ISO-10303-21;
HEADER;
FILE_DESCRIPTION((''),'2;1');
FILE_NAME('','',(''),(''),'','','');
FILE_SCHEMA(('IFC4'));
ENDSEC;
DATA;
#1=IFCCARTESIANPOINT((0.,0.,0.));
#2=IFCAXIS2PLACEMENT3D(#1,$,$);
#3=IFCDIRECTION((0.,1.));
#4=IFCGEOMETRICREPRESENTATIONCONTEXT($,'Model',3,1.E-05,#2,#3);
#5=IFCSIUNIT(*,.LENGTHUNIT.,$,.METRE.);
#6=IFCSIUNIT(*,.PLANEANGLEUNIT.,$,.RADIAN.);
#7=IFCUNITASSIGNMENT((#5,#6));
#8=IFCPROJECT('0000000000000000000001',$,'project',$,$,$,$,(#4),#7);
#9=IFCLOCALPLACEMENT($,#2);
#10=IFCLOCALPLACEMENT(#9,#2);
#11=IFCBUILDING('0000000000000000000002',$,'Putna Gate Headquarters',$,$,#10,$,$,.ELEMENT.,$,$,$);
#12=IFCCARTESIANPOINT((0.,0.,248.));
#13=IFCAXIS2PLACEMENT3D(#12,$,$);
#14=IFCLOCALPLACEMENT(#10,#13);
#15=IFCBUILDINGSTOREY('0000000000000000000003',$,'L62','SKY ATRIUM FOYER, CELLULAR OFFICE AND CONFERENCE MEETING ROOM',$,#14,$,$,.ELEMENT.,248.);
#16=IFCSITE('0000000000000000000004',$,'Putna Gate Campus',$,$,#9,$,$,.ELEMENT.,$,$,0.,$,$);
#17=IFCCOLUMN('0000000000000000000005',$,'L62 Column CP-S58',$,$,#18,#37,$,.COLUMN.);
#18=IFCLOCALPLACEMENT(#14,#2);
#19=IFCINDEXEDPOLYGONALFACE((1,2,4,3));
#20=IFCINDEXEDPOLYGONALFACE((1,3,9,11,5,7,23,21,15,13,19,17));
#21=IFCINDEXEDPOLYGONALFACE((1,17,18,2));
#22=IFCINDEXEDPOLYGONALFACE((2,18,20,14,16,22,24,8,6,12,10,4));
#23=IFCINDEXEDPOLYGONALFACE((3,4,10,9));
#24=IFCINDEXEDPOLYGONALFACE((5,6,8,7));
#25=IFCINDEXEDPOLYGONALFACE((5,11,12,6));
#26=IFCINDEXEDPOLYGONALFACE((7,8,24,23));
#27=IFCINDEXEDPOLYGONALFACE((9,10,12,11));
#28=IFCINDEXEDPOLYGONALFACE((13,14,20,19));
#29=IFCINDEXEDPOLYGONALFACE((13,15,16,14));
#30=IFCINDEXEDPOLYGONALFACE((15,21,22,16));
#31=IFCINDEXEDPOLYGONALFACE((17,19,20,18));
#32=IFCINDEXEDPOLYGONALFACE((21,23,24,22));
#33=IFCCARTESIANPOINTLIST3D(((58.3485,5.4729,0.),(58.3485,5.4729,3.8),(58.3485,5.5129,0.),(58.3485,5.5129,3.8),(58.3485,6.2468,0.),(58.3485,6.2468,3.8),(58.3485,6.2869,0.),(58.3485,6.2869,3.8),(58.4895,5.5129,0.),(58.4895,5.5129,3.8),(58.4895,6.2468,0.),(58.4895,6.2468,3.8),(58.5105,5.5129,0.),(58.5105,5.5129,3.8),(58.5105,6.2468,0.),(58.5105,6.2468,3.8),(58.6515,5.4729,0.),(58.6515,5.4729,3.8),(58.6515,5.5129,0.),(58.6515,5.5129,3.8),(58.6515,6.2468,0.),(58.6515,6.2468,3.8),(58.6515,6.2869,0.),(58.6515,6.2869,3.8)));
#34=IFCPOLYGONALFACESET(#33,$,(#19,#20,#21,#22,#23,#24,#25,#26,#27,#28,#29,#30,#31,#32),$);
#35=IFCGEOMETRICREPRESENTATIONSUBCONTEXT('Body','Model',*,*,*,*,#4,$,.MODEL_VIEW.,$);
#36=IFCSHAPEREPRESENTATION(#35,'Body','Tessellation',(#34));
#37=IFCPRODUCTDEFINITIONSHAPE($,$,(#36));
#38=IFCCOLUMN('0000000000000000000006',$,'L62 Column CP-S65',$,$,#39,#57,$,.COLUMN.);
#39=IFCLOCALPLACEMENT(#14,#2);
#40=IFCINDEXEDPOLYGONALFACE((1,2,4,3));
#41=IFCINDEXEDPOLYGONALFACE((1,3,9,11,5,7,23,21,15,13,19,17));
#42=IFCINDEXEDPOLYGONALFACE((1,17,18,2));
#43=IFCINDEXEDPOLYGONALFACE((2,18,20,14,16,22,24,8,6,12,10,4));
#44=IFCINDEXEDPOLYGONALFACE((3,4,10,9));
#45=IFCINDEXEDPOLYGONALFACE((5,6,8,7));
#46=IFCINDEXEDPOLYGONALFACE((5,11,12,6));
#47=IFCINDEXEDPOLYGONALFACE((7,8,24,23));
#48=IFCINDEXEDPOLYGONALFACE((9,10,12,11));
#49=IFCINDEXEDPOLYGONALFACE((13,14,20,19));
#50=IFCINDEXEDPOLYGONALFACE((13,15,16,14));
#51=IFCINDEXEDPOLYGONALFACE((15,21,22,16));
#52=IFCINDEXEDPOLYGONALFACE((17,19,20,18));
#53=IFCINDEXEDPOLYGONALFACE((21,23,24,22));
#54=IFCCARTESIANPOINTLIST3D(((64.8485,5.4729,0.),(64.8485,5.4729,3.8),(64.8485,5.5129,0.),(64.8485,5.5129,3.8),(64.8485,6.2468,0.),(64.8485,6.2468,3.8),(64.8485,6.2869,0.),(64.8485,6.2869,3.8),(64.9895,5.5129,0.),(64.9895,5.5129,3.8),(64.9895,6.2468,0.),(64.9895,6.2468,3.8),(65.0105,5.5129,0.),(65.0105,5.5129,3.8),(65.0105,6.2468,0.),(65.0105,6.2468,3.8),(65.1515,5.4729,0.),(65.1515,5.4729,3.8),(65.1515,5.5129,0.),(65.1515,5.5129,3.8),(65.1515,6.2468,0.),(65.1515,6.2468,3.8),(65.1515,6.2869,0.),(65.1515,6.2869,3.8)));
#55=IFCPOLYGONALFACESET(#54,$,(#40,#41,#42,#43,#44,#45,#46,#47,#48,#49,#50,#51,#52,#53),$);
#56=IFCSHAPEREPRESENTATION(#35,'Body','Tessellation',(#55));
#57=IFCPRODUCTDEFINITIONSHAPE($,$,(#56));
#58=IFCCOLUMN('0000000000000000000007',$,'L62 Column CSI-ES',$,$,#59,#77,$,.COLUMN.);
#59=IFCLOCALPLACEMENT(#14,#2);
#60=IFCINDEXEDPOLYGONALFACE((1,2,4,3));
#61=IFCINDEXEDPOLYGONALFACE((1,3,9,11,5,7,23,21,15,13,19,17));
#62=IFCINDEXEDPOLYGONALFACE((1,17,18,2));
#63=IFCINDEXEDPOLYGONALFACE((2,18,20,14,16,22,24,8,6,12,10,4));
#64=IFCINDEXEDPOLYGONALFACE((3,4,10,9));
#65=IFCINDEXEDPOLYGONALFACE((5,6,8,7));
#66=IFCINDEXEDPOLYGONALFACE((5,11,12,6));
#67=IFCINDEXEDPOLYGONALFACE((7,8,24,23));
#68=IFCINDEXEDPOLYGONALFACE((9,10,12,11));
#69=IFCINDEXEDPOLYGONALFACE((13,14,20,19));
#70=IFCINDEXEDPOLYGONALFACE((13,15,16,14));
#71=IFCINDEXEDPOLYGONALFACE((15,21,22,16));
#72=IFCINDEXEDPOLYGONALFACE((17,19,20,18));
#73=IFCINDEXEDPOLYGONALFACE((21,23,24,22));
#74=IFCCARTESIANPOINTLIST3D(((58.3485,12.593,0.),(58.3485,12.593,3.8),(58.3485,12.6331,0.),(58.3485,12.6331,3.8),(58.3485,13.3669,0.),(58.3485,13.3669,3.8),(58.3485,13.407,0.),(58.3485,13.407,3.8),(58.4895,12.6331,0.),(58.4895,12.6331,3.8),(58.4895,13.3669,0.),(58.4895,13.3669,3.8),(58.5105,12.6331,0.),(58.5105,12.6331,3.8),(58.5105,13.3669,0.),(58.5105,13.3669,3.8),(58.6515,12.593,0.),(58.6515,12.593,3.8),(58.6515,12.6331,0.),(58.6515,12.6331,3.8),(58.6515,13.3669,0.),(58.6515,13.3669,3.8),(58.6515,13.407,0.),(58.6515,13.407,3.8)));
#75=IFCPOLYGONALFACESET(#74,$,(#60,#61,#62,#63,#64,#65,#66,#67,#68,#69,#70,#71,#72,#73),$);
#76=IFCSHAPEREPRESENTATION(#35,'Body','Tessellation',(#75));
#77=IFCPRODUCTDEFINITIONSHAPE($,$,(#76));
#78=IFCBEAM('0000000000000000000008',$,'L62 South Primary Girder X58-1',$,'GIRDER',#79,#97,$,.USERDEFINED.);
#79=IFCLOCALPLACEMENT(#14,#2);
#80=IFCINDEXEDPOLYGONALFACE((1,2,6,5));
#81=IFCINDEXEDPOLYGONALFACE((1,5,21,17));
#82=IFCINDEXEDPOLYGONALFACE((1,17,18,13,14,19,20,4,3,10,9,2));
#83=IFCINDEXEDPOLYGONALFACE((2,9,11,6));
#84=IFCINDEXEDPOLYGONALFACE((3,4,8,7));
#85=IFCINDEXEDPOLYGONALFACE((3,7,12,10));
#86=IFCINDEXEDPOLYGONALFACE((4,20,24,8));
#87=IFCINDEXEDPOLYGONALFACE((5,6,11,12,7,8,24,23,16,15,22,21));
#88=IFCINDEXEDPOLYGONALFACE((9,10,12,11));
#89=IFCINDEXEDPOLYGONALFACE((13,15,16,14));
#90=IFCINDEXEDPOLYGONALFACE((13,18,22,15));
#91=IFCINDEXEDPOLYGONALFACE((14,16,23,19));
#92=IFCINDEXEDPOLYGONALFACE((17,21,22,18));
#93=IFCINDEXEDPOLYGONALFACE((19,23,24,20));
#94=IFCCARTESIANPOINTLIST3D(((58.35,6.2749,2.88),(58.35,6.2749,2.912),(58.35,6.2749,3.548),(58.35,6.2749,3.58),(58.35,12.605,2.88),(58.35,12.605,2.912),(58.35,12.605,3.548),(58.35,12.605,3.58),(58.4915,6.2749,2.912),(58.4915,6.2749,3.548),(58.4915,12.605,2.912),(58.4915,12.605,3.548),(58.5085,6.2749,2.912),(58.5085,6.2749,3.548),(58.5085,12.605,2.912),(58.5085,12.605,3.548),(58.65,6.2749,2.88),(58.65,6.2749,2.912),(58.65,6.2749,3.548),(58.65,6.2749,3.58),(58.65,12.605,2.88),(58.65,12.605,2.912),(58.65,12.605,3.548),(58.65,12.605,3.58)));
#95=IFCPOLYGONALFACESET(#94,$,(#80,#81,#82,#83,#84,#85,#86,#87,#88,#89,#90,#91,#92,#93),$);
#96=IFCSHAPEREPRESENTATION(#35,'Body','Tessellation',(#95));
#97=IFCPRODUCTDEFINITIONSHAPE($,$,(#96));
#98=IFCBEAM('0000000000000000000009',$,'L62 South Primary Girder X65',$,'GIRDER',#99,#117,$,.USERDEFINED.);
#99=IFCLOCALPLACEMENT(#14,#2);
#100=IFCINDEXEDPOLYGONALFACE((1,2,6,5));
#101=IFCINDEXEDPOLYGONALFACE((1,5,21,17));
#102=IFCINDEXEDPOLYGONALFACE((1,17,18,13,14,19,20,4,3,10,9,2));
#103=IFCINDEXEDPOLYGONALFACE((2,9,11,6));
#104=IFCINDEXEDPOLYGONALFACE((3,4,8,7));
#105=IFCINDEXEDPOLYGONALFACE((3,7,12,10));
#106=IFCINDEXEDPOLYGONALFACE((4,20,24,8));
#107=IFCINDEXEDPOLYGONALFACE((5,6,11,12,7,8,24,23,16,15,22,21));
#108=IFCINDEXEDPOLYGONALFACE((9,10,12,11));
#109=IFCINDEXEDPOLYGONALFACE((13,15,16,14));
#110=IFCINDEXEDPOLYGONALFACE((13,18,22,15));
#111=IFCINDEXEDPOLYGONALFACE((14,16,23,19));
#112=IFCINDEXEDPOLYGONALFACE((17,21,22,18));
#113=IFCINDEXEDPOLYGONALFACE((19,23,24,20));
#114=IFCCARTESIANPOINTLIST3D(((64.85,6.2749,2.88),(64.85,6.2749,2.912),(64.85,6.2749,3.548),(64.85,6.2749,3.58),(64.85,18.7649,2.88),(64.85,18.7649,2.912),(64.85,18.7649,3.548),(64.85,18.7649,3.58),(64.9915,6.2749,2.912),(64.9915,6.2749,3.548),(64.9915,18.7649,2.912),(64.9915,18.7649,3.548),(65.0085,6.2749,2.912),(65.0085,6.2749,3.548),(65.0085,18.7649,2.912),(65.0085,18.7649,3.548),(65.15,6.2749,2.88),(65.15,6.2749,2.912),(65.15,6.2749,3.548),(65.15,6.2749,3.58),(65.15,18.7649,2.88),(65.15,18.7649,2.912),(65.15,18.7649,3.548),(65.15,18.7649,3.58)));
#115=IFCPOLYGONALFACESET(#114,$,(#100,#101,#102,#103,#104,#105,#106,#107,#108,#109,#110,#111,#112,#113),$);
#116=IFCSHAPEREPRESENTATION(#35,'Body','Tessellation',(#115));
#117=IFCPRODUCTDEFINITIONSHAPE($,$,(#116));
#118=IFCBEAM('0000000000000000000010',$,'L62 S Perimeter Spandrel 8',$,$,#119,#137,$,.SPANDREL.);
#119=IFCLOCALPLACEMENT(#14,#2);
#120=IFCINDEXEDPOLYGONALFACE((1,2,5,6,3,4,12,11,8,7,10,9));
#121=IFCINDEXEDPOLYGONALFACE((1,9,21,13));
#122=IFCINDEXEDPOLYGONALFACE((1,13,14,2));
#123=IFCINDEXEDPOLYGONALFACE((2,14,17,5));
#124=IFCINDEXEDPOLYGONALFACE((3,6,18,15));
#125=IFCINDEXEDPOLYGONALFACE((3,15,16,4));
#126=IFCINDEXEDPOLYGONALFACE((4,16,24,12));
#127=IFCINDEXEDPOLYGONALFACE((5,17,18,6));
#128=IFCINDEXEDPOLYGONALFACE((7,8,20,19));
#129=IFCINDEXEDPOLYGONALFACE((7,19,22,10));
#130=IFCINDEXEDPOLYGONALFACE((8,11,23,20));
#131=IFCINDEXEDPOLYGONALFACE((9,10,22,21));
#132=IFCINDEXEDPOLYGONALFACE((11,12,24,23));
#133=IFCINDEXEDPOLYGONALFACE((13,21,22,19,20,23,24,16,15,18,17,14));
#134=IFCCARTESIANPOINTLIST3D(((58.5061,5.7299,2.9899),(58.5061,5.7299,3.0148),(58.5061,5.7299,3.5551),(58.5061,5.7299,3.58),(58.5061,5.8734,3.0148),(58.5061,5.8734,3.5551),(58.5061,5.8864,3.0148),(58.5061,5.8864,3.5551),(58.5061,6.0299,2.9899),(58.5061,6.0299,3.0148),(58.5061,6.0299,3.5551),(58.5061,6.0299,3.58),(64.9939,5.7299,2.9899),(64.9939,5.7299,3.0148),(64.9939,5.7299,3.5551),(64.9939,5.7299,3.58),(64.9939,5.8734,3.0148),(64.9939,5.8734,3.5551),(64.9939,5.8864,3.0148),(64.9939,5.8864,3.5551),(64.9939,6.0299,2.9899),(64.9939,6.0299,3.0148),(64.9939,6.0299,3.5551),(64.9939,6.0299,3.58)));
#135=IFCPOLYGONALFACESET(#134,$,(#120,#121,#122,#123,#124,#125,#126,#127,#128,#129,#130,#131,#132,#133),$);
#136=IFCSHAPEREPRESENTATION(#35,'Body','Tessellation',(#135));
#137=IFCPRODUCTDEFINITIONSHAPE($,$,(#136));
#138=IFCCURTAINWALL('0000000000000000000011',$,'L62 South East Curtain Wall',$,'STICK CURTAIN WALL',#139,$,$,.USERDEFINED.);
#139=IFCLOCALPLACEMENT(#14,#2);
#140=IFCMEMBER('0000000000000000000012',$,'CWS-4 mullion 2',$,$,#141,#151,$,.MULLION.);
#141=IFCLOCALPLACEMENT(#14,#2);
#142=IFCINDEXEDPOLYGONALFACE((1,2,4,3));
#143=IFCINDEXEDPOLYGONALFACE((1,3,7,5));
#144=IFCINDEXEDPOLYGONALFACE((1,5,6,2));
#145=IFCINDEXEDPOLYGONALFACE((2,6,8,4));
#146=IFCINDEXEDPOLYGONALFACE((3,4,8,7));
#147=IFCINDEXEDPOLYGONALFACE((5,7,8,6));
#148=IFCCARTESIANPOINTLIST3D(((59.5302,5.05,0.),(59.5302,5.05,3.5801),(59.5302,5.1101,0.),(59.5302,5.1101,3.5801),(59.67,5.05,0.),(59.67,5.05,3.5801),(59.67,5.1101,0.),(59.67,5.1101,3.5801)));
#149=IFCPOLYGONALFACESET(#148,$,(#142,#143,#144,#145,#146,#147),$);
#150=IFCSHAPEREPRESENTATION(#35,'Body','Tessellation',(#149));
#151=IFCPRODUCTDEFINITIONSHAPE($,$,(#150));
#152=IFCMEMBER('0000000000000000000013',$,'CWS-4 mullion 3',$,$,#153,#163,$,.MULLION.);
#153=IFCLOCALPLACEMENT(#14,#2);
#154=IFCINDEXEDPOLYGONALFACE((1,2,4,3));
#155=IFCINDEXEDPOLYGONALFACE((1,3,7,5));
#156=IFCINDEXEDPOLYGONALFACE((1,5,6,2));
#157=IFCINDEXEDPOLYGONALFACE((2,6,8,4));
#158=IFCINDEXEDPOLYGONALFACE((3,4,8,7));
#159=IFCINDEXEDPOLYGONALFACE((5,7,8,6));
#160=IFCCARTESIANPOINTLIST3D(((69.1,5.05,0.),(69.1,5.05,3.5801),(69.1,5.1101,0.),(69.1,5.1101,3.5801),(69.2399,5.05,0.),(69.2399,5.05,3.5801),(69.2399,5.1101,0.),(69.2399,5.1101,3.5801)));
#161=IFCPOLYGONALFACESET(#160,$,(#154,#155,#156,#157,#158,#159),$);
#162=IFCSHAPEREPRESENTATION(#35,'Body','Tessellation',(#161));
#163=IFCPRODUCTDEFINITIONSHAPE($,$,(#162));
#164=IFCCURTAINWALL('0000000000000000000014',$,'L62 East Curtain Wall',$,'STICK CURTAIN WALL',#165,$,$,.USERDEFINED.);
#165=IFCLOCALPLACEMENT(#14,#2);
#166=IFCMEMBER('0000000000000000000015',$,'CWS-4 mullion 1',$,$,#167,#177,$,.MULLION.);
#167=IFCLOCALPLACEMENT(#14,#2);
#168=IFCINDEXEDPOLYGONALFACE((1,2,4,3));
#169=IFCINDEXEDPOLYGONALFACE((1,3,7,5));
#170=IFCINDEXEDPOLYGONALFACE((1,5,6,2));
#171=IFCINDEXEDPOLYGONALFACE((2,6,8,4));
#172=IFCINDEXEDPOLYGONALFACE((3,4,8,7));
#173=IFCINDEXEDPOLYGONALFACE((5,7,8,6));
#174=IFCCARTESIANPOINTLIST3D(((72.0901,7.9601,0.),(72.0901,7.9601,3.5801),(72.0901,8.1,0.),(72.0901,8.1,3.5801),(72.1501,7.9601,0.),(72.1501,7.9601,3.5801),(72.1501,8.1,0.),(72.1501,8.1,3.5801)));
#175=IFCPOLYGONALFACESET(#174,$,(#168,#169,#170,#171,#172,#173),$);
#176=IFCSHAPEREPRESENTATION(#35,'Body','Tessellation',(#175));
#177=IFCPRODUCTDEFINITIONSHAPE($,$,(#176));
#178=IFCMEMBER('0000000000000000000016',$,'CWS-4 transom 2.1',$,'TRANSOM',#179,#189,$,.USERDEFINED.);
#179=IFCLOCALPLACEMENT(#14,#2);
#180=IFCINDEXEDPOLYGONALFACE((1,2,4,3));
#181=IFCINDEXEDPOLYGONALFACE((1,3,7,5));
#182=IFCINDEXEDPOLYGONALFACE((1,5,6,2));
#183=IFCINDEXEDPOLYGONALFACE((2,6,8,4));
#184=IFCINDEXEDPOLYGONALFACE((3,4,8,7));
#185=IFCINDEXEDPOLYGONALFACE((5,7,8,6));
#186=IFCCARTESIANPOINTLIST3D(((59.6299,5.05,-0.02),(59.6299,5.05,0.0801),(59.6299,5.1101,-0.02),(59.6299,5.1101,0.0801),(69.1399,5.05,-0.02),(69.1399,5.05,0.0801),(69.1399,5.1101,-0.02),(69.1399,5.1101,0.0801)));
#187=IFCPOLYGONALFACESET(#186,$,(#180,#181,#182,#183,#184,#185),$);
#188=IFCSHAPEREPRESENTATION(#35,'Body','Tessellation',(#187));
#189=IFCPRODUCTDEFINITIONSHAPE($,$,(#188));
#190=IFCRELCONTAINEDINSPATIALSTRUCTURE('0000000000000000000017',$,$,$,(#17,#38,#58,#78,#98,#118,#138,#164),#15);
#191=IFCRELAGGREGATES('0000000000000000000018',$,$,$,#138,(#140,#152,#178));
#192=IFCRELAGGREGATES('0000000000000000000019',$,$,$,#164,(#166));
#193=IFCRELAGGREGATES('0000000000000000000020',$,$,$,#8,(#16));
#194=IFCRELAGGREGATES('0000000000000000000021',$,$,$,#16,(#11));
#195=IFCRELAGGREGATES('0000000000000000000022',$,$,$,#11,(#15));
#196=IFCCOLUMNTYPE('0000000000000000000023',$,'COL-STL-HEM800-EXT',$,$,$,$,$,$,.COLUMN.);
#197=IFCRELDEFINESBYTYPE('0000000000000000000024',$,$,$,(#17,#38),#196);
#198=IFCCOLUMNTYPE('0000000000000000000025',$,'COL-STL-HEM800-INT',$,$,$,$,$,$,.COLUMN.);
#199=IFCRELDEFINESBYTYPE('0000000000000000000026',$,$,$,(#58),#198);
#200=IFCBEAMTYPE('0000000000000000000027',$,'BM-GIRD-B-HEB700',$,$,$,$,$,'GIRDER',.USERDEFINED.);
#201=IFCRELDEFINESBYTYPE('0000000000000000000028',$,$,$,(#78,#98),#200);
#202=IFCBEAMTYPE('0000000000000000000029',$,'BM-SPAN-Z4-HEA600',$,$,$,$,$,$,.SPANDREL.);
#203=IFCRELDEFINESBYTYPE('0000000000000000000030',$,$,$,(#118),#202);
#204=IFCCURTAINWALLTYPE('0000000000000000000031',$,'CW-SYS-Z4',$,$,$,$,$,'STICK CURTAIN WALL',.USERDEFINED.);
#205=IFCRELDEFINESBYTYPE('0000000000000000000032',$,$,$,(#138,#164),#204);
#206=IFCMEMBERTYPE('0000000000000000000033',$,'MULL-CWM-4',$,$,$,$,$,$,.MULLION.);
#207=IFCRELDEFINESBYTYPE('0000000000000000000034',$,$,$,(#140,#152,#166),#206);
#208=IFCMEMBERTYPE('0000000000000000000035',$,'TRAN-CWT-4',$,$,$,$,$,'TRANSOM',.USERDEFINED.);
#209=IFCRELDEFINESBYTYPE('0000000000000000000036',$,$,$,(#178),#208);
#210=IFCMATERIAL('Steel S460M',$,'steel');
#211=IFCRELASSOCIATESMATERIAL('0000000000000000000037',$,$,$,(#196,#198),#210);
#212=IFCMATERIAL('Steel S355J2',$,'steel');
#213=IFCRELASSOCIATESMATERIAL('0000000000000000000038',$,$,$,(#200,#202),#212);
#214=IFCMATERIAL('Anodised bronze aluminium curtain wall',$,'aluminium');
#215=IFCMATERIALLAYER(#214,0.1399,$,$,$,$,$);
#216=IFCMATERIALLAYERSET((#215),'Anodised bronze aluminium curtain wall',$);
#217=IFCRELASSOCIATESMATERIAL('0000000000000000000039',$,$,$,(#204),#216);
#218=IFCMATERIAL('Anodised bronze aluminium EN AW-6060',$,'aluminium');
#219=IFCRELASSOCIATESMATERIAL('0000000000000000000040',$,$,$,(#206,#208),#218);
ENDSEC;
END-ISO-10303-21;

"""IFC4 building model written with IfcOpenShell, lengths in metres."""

from ifc_helpers import new_model, si_unit, direction, frame, origin, origin_2d, place, context, subcontext, project, spatial, rectangle, i_section, extrude, material, layer, layer_set, material_profile, profile_set, type_object, element, aggregate, save


model = new_model("IFC4")

# Units and contexts
model_context = context("Model", 3, precision=1e-05, world=origin(), true_north=direction((0.0, 1.0)))
body_context = subcontext(model_context, "Body", "Model", "MODEL_VIEW")
ifc_project = project(units=[si_unit("LENGTHUNIT", "METRE"), si_unit("PLANEANGLEUNIT", "RADIAN")], contexts=[model_context])

# Site, building, storey
site_placement = place(None, origin())
site = spatial("IfcSite", under=ifc_project, at=site_placement, Name="Putna Gate Campus", CompositionType="ELEMENT", RefElevation=0.0)
building_placement = place(site_placement, origin())
building = spatial("IfcBuilding", under=site, at=building_placement, Name="Putna Gate Headquarters", CompositionType="ELEMENT")
storey_placement = place(building_placement, frame((0.0, 0.0, 248.0)))
storey = spatial("IfcBuildingStorey", under=building, at=storey_placement, Name="L62", Description="SKY ATRIUM FOYER, CELLULAR OFFICE AND CONFERENCE MEETING ROOM", CompositionType="ELEMENT", Elevation=248.0)

# Columns
ifc_material_1 = material(Name="Steel S460M", Category="steel")
ifc_material_profile_1 = material_profile(ifc_material_1, i_section(OverallWidth=0.303, OverallDepth=0.814, WebThickness=0.021, FlangeThickness=0.04, at=origin_2d()), Name="Steel S460M")
ifc_profile_set_1 = profile_set([ifc_material_profile_1], Name="Steel S460M")
column_type_1 = type_object("IfcColumnType", Name="COL-STL-HEM800-EXT", PredefinedType="COLUMN", material=ifc_profile_set_1)
for number, where, z_axis, x_axis, name in (
    (1, (58.5, 5.8799, 0.0), (0.0, 0.0, 1.0), (1.0, 0.0, 0.0), "L62 Column CP-S58"),
    (2, (65.0, 5.8799, 0.0), (0.0, 0.0, 1.0), (1.0, 0.0, 0.0), "L62 Column CP-S65"),
):
    element("IfcColumn", number, at=place(storey_placement, frame(where, z_axis=z_axis, x_axis=x_axis)), inside=storey, type_object=column_type_1, Name=name, PredefinedType="COLUMN", context=body_context, shape_type="SweptSolid", body=[
        extrude(i_section(OverallWidth=0.303, OverallDepth=0.814, WebThickness=0.021, FlangeThickness=0.04, at=origin_2d()), origin(), (0.0, 0.0, 1.0), 3.8),
    ])
ifc_material_profile_2 = material_profile(ifc_material_1, i_section(OverallWidth=0.303, OverallDepth=0.814, WebThickness=0.021, FlangeThickness=0.04, at=origin_2d()), Name="Steel S460M")
ifc_profile_set_2 = profile_set([ifc_material_profile_2], Name="Steel S460M")
column_type_2 = type_object("IfcColumnType", Name="COL-STL-HEM800-INT", PredefinedType="COLUMN", material=ifc_profile_set_2)
column_placement = place(storey_placement, frame((58.5, 13.0, 0.0), z_axis=(0.0, 0.0, 1.0), x_axis=(1.0, 0.0, 0.0)))
element("IfcColumn", 3, at=column_placement, inside=storey, type_object=column_type_2, Name="L62 Column CSI-ES", PredefinedType="COLUMN", context=body_context, shape_type="SweptSolid", body=[
    extrude(i_section(OverallWidth=0.303, OverallDepth=0.814, WebThickness=0.021, FlangeThickness=0.04, at=origin_2d()), origin(), (0.0, 0.0, 1.0), 3.8),
])

# Beams
ifc_material_2 = material(Name="Steel S355J2", Category="steel")
ifc_material_profile_3 = material_profile(ifc_material_2, i_section(OverallWidth=0.3, OverallDepth=0.7, WebThickness=0.0171, FlangeThickness=0.032, at=origin_2d()), Name="Steel S355J2")
ifc_profile_set_3 = profile_set([ifc_material_profile_3], Name="Steel S355J2")
beam_type_1 = type_object("IfcBeamType", Name="BM-GIRD-B-HEB700", ElementType="GIRDER", PredefinedType="USERDEFINED", material=ifc_profile_set_3)
beam_1_placement = place(storey_placement, frame((58.5, 6.2749, 3.23), z_axis=(0.0, 1.0, 0.0), x_axis=(-1.0, 0.0, 0.0)))
element("IfcBeam", 4, at=beam_1_placement, inside=storey, type_object=beam_type_1, Name="L62 South Primary Girder X58-1", ObjectType="GIRDER", PredefinedType="USERDEFINED", context=body_context, shape_type="SweptSolid", body=[
    extrude(i_section(OverallWidth=0.3, OverallDepth=0.7, WebThickness=0.0171, FlangeThickness=0.032, at=origin_2d()), origin(), (0.0, 0.0, 1.0), 6.3301),
])
beam_2_placement = place(storey_placement, frame((65.0, 6.2749, 3.23), z_axis=(0.0, 1.0, 0.0), x_axis=(-1.0, 0.0, 0.0)))
element("IfcBeam", 5, at=beam_2_placement, inside=storey, type_object=beam_type_1, Name="L62 South Primary Girder X65", ObjectType="GIRDER", PredefinedType="USERDEFINED", context=body_context, shape_type="SweptSolid", body=[
    extrude(i_section(OverallWidth=0.3, OverallDepth=0.7, WebThickness=0.0171, FlangeThickness=0.032, at=origin_2d()), origin(), (0.0, 0.0, 1.0), 12.49),
])
ifc_material_profile_4 = material_profile(ifc_material_2, i_section(OverallWidth=0.3, OverallDepth=0.5901, WebThickness=0.0129, FlangeThickness=0.0249, at=origin_2d()), Name="Steel S355J2")
ifc_profile_set_4 = profile_set([ifc_material_profile_4], Name="Steel S355J2")
beam_type_2 = type_object("IfcBeamType", Name="BM-SPAN-Z4-HEA600", PredefinedType="SPANDREL", material=ifc_profile_set_4)
beam_3_placement = place(storey_placement, frame((58.5061, 5.8799, 3.2849), z_axis=(1.0, 0.0, 0.0), x_axis=(0.0, 1.0, 0.0)))
element("IfcBeam", 6, at=beam_3_placement, inside=storey, type_object=beam_type_2, Name="L62 S Perimeter Spandrel 8", PredefinedType="SPANDREL", context=body_context, shape_type="SweptSolid", body=[
    extrude(i_section(OverallWidth=0.3, OverallDepth=0.5901, WebThickness=0.0129, FlangeThickness=0.0249, at=origin_2d()), origin(), (0.0, 0.0, 1.0), 6.4878),
])

# Curtain wall, members
ifc_material_3 = material(Name="Anodised bronze aluminium curtain wall", Category="aluminium")
ifc_layer_1 = layer(ifc_material_3, 0.1399)
ifc_layer_set_1 = layer_set([ifc_layer_1], Name="Anodised bronze aluminium curtain wall")
curtain_wall_type = type_object("IfcCurtainWallType", Name="CW-SYS-Z4", ElementType="STICK CURTAIN WALL", PredefinedType="USERDEFINED", material=ifc_layer_set_1)
curtain_wall_1_placement = place(storey_placement, origin())
curtain_wall_1 = element("IfcCurtainWall", 7, at=curtain_wall_1_placement, inside=storey, type_object=curtain_wall_type, Name="L62 South East Curtain Wall", ObjectType="STICK CURTAIN WALL", PredefinedType="USERDEFINED")
ifc_material_4 = material(Name="Anodised bronze aluminium EN AW-6060", Category="aluminium")
ifc_material_profile_5 = material_profile(ifc_material_4, rectangle(XDim=0.0601, YDim=0.1399, at=origin_2d()), Name="Anodised bronze aluminium EN AW-6060")
ifc_profile_set_5 = profile_set([ifc_material_profile_5], Name="Anodised bronze aluminium EN AW-6060")
member_type_1 = type_object("IfcMemberType", Name="MULL-CWM-4", PredefinedType="MULLION", material=ifc_profile_set_5)
member_1_placement = place(storey_placement, frame((59.6001, 5.0801, 0.0), z_axis=(0.0, 0.0, 1.0), x_axis=(0.0, 1.0, 0.0)))
member_1 = element("IfcMember", 8, at=member_1_placement, type_object=member_type_1, Name="CWS-4 mullion 2", PredefinedType="MULLION", context=body_context, shape_type="SweptSolid", body=[
    extrude(rectangle(XDim=0.0601, YDim=0.1399, at=origin_2d()), origin(), (0.0, 0.0, 1.0), 3.5801),
])
member_2_placement = place(storey_placement, frame((69.1699, 5.0801, 0.0), z_axis=(0.0, 0.0, 1.0), x_axis=(0.0, 1.0, 0.0)))
member_2 = element("IfcMember", 9, at=member_2_placement, type_object=member_type_1, Name="CWS-4 mullion 3", PredefinedType="MULLION", context=body_context, shape_type="SweptSolid", body=[
    extrude(rectangle(XDim=0.0601, YDim=0.1399, at=origin_2d()), origin(), (0.0, 0.0, 1.0), 3.5801),
])

# Curtain wall, member
curtain_wall_2_placement = place(storey_placement, origin())
curtain_wall_2 = element("IfcCurtainWall", 10, at=curtain_wall_2_placement, inside=storey, type_object=curtain_wall_type, Name="L62 East Curtain Wall", ObjectType="STICK CURTAIN WALL", PredefinedType="USERDEFINED")
member_3_placement = place(storey_placement, frame((72.1201, 8.03, 0.0), z_axis=(0.0, 0.0, 1.0), x_axis=(-1.0, 0.0, 0.0)))
member_3 = element("IfcMember", 11, at=member_3_placement, type_object=member_type_1, Name="CWS-4 mullion 1", PredefinedType="MULLION", context=body_context, shape_type="SweptSolid", body=[
    extrude(rectangle(XDim=0.0601, YDim=0.1399, at=origin_2d()), origin(), (0.0, 0.0, 1.0), 3.5801),
])

# Member
ifc_material_profile_6 = material_profile(ifc_material_4, rectangle(XDim=0.0601, YDim=0.1001, at=origin_2d()), Name="Anodised bronze aluminium EN AW-6060")
ifc_profile_set_6 = profile_set([ifc_material_profile_6], Name="Anodised bronze aluminium EN AW-6060")
member_type_2 = type_object("IfcMemberType", Name="TRAN-CWT-4", ElementType="TRANSOM", PredefinedType="USERDEFINED", material=ifc_profile_set_6)
member_4_placement = place(storey_placement, frame((59.6299, 5.0801, 0.03), z_axis=(1.0, 0.0, 0.0), x_axis=(0.0, 1.0, 0.0)))
member_4 = element("IfcMember", 12, at=member_4_placement, type_object=member_type_2, Name="CWS-4 transom 2.1", ObjectType="TRANSOM", PredefinedType="USERDEFINED", context=body_context, shape_type="SweptSolid", body=[
    extrude(rectangle(XDim=0.0601, YDim=0.1001, at=origin_2d()), origin(), (0.0, 0.0, 1.0), 9.51),
])

aggregate(curtain_wall_1, [member_1, member_2, member_4])
aggregate(curtain_wall_2, [member_3])

save(model, "model.ifc")
